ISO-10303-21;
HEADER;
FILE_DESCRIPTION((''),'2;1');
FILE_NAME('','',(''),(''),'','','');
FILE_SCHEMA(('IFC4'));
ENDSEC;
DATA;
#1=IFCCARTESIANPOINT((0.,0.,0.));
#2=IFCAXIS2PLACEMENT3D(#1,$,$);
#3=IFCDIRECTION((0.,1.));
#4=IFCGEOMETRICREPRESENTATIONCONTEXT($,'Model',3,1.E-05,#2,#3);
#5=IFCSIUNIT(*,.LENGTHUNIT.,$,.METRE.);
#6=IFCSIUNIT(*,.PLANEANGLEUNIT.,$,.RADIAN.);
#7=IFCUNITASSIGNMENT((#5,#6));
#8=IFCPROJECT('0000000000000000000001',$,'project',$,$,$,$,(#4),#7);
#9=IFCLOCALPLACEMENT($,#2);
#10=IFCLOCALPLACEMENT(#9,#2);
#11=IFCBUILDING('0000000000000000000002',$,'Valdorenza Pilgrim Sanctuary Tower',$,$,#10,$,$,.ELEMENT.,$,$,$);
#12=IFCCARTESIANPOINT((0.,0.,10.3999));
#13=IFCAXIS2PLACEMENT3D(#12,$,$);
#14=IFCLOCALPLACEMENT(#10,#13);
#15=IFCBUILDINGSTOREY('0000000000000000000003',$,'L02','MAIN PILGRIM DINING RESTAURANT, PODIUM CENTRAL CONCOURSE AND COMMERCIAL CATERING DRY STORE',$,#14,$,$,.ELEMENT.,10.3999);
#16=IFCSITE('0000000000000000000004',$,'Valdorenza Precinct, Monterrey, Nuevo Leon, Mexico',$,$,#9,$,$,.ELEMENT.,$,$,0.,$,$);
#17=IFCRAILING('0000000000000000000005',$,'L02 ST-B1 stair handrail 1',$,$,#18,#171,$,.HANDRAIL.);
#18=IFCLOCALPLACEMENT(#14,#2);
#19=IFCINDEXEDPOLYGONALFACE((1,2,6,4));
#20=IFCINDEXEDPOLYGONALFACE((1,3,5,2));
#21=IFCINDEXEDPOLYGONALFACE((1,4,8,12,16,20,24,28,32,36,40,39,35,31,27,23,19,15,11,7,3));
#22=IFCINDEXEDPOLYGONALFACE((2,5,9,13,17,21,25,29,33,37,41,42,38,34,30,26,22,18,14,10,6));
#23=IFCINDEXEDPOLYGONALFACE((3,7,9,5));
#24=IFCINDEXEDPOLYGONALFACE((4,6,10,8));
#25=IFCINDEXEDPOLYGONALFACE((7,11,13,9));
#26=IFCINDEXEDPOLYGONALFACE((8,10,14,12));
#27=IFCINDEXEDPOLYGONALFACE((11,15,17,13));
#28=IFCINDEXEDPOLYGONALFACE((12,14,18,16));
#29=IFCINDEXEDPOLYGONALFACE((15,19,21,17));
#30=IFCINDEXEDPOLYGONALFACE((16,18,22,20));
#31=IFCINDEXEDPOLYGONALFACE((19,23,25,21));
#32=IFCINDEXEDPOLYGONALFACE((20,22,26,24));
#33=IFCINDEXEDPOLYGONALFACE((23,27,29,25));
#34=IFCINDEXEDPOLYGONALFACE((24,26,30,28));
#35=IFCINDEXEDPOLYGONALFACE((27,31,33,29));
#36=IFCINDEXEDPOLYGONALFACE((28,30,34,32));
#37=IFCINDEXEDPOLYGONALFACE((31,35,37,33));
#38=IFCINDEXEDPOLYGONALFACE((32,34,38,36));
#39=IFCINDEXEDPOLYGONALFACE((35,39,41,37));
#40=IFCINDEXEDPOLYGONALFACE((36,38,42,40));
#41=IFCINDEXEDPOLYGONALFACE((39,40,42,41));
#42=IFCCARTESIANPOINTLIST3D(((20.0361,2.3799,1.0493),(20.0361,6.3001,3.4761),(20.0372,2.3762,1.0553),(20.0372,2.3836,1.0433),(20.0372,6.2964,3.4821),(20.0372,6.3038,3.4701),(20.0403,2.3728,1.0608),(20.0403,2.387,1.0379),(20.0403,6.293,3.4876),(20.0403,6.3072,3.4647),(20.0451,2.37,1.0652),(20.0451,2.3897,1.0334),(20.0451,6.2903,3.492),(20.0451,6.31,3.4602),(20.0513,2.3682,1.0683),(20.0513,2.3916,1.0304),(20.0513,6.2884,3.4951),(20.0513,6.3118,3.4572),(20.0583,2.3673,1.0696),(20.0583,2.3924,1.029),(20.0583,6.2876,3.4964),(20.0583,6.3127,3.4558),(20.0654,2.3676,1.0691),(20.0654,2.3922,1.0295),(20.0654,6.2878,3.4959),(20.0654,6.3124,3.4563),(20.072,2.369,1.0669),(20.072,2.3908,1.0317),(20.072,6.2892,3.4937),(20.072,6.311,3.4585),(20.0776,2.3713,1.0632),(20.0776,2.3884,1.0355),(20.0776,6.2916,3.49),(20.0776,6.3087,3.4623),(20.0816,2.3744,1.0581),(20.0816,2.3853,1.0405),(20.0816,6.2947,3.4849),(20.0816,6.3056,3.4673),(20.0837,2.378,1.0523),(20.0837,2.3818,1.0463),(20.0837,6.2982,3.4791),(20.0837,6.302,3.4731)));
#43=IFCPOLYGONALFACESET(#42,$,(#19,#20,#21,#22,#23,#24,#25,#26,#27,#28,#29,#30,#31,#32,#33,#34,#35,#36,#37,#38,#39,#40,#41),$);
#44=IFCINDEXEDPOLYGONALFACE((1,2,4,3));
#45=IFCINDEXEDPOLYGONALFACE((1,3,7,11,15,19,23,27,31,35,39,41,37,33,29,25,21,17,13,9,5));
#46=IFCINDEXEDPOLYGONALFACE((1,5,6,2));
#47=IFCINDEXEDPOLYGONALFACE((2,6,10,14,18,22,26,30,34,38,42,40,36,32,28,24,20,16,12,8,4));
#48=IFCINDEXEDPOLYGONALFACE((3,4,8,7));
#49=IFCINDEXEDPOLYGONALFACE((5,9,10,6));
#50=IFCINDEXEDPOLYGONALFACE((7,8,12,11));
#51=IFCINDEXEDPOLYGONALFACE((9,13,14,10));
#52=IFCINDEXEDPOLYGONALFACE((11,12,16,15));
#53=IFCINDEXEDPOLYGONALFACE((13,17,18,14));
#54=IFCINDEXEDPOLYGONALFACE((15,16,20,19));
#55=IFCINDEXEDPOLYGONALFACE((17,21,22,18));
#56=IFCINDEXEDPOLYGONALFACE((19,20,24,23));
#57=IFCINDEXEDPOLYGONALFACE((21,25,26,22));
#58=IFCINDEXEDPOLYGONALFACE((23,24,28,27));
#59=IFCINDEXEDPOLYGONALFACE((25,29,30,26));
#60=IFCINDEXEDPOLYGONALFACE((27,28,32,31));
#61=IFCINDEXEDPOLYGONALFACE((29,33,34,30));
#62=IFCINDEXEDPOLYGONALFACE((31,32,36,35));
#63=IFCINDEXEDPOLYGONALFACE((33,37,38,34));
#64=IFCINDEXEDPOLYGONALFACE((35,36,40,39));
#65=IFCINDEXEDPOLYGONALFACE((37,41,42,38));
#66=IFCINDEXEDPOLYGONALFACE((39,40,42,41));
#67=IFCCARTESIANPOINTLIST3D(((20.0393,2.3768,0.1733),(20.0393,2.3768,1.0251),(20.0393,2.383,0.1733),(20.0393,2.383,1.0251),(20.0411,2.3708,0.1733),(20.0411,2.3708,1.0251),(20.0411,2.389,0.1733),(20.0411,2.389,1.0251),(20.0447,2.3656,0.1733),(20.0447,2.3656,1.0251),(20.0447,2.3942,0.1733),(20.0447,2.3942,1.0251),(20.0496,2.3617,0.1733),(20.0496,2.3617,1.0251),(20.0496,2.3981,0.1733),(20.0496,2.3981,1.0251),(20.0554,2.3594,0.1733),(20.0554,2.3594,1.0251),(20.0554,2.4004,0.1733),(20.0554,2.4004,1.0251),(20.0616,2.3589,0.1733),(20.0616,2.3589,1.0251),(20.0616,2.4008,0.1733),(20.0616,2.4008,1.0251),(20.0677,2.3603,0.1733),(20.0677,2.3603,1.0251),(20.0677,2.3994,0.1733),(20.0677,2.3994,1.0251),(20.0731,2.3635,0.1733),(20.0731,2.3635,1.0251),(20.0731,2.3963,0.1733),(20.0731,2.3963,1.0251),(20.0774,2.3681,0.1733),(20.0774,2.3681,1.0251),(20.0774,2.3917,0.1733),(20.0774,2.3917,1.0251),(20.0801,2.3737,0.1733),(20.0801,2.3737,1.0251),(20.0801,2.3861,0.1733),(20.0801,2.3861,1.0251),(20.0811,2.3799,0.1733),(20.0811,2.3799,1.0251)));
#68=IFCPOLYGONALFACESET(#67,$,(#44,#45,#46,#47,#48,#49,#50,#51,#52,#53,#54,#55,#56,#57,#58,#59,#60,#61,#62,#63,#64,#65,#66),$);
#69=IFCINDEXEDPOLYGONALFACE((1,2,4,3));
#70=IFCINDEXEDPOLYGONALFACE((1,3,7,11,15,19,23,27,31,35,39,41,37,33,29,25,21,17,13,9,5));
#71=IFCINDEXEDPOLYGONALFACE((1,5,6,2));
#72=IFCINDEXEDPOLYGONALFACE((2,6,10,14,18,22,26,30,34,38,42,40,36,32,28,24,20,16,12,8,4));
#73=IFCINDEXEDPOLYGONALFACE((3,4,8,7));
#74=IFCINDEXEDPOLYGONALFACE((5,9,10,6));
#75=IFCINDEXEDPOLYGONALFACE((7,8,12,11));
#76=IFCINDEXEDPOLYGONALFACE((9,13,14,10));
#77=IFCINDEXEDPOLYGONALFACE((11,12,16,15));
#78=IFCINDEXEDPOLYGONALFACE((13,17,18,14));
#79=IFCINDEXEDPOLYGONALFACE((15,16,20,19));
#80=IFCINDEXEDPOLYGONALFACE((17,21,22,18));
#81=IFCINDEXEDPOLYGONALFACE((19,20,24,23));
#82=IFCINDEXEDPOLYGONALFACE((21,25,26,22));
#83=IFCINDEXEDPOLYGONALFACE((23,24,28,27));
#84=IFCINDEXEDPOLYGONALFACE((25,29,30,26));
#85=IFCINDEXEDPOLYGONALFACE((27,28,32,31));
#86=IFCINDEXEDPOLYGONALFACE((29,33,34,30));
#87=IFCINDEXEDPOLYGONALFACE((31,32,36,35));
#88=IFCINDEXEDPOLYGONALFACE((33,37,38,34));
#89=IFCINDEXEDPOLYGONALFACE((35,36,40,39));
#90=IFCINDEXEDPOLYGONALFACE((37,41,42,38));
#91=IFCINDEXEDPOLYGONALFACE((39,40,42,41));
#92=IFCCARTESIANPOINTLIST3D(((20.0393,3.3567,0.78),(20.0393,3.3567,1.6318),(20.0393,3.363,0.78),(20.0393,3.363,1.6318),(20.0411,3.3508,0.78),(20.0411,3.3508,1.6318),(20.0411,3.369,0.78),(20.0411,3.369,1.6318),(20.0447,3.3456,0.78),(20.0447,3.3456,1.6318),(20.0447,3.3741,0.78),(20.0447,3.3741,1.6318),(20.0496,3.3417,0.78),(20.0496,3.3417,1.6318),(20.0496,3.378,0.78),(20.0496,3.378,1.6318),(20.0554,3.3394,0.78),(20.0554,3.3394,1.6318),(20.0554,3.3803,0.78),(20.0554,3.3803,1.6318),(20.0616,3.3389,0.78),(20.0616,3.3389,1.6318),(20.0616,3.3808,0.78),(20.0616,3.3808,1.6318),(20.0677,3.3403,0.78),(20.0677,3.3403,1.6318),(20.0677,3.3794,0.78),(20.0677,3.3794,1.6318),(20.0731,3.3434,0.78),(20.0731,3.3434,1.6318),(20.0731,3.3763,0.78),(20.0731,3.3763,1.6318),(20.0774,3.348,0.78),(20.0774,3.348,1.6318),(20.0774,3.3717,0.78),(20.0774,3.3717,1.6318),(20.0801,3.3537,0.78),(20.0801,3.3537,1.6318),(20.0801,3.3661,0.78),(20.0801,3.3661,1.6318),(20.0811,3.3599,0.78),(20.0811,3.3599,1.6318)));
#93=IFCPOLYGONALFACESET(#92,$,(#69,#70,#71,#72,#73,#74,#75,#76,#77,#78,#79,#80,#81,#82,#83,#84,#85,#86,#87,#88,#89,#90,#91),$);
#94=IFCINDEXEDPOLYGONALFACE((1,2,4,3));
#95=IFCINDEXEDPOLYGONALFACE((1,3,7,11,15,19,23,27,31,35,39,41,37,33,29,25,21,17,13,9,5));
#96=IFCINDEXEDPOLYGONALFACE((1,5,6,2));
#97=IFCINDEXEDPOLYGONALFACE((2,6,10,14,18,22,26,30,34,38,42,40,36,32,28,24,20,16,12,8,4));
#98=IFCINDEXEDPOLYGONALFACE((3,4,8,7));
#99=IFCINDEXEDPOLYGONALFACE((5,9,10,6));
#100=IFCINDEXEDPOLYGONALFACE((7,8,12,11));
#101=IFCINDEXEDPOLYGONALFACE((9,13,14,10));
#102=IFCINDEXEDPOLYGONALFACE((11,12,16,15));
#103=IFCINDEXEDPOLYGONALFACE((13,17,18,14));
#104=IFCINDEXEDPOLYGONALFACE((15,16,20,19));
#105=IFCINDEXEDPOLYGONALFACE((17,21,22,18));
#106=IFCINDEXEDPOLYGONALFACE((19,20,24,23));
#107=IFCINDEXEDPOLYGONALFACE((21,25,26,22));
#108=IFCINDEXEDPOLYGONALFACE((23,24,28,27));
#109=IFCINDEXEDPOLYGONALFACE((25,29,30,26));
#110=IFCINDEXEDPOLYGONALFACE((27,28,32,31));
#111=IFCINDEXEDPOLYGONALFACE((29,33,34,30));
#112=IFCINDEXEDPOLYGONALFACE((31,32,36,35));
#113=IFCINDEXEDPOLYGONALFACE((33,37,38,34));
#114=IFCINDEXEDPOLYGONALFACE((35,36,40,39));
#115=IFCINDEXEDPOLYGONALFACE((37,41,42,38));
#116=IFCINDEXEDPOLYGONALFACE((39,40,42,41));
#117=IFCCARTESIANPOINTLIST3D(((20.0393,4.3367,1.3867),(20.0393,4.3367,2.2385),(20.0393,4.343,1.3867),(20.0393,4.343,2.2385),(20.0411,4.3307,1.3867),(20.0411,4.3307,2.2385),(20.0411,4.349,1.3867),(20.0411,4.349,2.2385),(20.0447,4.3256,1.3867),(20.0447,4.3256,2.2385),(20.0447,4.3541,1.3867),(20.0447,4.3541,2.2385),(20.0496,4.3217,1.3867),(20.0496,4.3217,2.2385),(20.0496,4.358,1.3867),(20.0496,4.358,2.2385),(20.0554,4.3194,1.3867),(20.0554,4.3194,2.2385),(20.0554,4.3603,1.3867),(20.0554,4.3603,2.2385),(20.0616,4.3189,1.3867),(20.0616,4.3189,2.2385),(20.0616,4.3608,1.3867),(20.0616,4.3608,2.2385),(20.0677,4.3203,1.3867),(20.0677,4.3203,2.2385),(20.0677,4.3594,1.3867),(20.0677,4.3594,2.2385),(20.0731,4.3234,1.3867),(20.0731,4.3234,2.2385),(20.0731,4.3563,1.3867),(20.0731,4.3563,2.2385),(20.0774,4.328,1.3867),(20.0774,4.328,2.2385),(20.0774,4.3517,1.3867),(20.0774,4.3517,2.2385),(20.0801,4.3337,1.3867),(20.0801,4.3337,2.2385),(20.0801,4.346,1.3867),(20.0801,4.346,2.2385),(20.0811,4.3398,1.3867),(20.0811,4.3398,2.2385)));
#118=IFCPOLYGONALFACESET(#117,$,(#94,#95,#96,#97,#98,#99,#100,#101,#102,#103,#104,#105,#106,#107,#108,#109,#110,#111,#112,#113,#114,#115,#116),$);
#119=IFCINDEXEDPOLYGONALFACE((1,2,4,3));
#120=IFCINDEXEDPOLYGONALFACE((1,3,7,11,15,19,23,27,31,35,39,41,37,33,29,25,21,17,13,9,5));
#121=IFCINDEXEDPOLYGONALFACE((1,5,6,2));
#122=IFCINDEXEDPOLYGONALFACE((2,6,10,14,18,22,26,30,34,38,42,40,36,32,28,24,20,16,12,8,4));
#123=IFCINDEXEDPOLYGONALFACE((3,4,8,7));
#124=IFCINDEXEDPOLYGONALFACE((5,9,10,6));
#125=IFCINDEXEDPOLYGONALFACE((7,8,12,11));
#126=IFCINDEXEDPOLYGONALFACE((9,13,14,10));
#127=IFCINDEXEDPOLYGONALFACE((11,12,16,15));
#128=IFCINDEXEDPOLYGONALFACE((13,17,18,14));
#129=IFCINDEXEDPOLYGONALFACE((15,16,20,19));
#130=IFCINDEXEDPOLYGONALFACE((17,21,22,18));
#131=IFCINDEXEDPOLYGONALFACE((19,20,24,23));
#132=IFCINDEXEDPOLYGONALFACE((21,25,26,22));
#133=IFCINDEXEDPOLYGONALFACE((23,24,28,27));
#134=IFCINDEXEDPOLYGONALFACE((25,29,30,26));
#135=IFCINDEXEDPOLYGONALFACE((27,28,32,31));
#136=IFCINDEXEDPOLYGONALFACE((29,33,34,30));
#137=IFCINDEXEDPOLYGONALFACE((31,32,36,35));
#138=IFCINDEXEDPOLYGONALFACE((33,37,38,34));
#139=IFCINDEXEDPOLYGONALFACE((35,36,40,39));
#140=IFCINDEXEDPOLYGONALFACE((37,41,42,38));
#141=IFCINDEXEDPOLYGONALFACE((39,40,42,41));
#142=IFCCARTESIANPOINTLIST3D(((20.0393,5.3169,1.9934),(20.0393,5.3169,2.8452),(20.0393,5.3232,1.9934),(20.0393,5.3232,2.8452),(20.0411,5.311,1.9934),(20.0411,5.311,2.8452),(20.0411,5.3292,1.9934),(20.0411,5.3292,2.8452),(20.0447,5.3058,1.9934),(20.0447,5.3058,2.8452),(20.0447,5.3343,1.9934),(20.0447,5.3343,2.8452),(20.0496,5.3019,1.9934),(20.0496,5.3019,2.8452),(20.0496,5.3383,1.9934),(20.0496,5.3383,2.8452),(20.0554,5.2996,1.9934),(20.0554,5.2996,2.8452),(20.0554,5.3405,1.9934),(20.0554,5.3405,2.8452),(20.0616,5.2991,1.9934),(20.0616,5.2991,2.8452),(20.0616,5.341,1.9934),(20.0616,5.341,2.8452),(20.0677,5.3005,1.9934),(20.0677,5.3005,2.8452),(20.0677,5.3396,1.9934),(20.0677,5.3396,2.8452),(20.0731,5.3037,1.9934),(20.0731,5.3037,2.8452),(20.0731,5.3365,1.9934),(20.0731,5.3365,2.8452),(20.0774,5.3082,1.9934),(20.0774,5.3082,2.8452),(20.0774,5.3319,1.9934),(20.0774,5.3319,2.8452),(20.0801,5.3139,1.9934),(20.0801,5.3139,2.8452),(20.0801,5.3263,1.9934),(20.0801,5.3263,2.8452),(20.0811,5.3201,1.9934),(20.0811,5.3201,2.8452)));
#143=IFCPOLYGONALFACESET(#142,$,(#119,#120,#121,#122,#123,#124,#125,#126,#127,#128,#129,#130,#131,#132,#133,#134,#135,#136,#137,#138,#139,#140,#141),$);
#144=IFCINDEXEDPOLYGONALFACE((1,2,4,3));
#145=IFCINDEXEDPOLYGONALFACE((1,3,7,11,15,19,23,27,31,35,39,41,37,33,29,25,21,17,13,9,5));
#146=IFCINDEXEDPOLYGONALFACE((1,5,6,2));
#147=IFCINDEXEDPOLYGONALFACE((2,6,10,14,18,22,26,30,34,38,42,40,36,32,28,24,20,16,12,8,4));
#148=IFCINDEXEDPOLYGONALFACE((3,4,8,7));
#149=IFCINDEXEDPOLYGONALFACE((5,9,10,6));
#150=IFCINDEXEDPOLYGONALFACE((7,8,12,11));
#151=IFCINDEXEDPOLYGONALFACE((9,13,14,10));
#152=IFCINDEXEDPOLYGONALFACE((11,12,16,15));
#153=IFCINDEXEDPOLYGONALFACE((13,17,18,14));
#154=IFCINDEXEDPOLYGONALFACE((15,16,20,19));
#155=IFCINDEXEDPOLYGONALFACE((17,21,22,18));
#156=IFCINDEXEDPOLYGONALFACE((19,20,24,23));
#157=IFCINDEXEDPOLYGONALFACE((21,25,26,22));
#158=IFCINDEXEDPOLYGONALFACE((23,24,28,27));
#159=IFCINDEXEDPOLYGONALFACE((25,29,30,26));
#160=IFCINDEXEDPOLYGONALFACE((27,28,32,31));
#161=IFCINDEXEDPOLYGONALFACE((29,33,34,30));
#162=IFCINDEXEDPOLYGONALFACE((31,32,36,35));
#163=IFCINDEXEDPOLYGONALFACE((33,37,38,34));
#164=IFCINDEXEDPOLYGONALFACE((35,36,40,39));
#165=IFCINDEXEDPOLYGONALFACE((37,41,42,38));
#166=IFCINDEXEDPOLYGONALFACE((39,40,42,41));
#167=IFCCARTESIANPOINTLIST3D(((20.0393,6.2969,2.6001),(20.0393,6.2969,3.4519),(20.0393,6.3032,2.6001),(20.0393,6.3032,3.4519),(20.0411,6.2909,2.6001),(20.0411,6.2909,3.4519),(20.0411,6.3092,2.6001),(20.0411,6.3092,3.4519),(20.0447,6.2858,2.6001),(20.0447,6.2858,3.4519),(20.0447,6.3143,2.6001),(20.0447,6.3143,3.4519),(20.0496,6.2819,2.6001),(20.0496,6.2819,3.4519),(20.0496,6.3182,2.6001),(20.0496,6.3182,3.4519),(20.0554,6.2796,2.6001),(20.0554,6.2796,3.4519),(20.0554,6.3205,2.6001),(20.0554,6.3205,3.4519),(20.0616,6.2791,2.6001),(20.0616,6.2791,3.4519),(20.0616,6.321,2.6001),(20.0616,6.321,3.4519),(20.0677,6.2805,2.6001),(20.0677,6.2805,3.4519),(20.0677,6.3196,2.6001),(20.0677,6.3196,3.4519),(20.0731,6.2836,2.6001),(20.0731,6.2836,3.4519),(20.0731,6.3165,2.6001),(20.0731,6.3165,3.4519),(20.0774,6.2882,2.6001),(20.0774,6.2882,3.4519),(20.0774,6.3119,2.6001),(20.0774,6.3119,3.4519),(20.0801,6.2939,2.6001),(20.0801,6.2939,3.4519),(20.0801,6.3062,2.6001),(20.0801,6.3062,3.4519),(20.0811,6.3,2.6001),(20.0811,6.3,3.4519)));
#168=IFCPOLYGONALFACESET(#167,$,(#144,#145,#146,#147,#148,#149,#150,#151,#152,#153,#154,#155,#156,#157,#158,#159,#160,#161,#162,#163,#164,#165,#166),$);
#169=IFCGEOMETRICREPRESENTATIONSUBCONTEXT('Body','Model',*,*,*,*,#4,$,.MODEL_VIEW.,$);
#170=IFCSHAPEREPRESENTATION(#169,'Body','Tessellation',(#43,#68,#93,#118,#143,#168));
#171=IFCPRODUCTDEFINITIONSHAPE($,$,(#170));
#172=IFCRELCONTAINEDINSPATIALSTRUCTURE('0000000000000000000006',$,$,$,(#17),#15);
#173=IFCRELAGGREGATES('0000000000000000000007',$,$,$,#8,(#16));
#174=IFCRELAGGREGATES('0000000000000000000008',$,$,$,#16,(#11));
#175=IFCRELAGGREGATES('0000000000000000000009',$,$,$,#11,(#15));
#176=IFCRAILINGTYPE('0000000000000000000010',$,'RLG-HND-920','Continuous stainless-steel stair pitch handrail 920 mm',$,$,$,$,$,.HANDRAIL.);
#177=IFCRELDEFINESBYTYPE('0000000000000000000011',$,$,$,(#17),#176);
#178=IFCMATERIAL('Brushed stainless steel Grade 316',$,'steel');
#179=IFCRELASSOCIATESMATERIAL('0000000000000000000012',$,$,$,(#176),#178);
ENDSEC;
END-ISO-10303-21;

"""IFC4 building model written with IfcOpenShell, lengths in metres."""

from ifc_helpers import new_model, si_unit, direction, frame, origin, origin_2d, place, context, subcontext, project, spatial, circle, extrude, material, type_object, element, save


model = new_model("IFC4")

# Units and contexts
model_context = context("Model", 3, precision=1e-05, world=origin(), true_north=direction((0.0, 1.0)))
body_context = subcontext(model_context, "Body", "Model", "MODEL_VIEW")
ifc_project = project(units=[si_unit("LENGTHUNIT", "METRE"), si_unit("PLANEANGLEUNIT", "RADIAN")], contexts=[model_context])

# Site, building, storey
site_placement = place(None, origin())
site = spatial("IfcSite", under=ifc_project, at=site_placement, Name="Valdorenza Precinct, Monterrey, Nuevo Leon, Mexico", CompositionType="ELEMENT", RefElevation=0.0)
building_placement = place(site_placement, origin())
building = spatial("IfcBuilding", under=site, at=building_placement, Name="Valdorenza Pilgrim Sanctuary Tower", CompositionType="ELEMENT")
storey_placement = place(building_placement, frame((0.0, 0.0, 10.3999)))
storey = spatial("IfcBuildingStorey", under=building, at=storey_placement, Name="L02", Description="MAIN PILGRIM DINING RESTAURANT, PODIUM CENTRAL CONCOURSE AND COMMERCIAL CATERING DRY STORE", CompositionType="ELEMENT", Elevation=10.3999)

# Railing
ifc_material_1 = material(Name="Brushed stainless steel Grade 316", Category="steel")
railing_type_1 = type_object("IfcRailingType", Name="RLG-HND-920", Description="Continuous stainless-steel stair pitch handrail 920 mm", PredefinedType="HANDRAIL", material=ifc_material_1)
railing_1_placement = place(storey_placement, frame((20.0601, 2.3799, 0.1733)))
element("IfcRailing", 1, at=railing_1_placement, inside=storey, type_object=railing_type_1, Name="L02 ST-B1 stair handrail 1", PredefinedType="HANDRAIL", context=body_context, shape_type="SweptSolid", body=[
    extrude(circle(Radius=0.0239, at=origin_2d()), frame((0.0, 0.0, 0.876), z_axis=(0.0, 0.850266, 0.526353), x_axis=(-1.0, 0.0, 0.0)), (0.0, 0.0, 1.0), 4.6106),
    extrude(circle(Radius=0.021, at=origin_2d()), origin(), (0.0, 0.0, 1.0), 0.8518),
    extrude(circle(Radius=0.021, at=origin_2d()), frame((0.0, 0.98, 0.6067)), (0.0, 0.0, 1.0), 0.8518),
    extrude(circle(Radius=0.021, at=origin_2d()), frame((0.0, 1.96, 1.2134)), (0.0, 0.0, 1.0), 0.8518),
    extrude(circle(Radius=0.021, at=origin_2d()), frame((0.0, 2.9402, 1.8201)), (0.0, 0.0, 1.0), 0.8518),
    extrude(circle(Radius=0.021, at=origin_2d()), frame((0.0, 3.9202, 2.4268)), (0.0, 0.0, 1.0), 0.8518),
])

save(model, "model.ifc")
